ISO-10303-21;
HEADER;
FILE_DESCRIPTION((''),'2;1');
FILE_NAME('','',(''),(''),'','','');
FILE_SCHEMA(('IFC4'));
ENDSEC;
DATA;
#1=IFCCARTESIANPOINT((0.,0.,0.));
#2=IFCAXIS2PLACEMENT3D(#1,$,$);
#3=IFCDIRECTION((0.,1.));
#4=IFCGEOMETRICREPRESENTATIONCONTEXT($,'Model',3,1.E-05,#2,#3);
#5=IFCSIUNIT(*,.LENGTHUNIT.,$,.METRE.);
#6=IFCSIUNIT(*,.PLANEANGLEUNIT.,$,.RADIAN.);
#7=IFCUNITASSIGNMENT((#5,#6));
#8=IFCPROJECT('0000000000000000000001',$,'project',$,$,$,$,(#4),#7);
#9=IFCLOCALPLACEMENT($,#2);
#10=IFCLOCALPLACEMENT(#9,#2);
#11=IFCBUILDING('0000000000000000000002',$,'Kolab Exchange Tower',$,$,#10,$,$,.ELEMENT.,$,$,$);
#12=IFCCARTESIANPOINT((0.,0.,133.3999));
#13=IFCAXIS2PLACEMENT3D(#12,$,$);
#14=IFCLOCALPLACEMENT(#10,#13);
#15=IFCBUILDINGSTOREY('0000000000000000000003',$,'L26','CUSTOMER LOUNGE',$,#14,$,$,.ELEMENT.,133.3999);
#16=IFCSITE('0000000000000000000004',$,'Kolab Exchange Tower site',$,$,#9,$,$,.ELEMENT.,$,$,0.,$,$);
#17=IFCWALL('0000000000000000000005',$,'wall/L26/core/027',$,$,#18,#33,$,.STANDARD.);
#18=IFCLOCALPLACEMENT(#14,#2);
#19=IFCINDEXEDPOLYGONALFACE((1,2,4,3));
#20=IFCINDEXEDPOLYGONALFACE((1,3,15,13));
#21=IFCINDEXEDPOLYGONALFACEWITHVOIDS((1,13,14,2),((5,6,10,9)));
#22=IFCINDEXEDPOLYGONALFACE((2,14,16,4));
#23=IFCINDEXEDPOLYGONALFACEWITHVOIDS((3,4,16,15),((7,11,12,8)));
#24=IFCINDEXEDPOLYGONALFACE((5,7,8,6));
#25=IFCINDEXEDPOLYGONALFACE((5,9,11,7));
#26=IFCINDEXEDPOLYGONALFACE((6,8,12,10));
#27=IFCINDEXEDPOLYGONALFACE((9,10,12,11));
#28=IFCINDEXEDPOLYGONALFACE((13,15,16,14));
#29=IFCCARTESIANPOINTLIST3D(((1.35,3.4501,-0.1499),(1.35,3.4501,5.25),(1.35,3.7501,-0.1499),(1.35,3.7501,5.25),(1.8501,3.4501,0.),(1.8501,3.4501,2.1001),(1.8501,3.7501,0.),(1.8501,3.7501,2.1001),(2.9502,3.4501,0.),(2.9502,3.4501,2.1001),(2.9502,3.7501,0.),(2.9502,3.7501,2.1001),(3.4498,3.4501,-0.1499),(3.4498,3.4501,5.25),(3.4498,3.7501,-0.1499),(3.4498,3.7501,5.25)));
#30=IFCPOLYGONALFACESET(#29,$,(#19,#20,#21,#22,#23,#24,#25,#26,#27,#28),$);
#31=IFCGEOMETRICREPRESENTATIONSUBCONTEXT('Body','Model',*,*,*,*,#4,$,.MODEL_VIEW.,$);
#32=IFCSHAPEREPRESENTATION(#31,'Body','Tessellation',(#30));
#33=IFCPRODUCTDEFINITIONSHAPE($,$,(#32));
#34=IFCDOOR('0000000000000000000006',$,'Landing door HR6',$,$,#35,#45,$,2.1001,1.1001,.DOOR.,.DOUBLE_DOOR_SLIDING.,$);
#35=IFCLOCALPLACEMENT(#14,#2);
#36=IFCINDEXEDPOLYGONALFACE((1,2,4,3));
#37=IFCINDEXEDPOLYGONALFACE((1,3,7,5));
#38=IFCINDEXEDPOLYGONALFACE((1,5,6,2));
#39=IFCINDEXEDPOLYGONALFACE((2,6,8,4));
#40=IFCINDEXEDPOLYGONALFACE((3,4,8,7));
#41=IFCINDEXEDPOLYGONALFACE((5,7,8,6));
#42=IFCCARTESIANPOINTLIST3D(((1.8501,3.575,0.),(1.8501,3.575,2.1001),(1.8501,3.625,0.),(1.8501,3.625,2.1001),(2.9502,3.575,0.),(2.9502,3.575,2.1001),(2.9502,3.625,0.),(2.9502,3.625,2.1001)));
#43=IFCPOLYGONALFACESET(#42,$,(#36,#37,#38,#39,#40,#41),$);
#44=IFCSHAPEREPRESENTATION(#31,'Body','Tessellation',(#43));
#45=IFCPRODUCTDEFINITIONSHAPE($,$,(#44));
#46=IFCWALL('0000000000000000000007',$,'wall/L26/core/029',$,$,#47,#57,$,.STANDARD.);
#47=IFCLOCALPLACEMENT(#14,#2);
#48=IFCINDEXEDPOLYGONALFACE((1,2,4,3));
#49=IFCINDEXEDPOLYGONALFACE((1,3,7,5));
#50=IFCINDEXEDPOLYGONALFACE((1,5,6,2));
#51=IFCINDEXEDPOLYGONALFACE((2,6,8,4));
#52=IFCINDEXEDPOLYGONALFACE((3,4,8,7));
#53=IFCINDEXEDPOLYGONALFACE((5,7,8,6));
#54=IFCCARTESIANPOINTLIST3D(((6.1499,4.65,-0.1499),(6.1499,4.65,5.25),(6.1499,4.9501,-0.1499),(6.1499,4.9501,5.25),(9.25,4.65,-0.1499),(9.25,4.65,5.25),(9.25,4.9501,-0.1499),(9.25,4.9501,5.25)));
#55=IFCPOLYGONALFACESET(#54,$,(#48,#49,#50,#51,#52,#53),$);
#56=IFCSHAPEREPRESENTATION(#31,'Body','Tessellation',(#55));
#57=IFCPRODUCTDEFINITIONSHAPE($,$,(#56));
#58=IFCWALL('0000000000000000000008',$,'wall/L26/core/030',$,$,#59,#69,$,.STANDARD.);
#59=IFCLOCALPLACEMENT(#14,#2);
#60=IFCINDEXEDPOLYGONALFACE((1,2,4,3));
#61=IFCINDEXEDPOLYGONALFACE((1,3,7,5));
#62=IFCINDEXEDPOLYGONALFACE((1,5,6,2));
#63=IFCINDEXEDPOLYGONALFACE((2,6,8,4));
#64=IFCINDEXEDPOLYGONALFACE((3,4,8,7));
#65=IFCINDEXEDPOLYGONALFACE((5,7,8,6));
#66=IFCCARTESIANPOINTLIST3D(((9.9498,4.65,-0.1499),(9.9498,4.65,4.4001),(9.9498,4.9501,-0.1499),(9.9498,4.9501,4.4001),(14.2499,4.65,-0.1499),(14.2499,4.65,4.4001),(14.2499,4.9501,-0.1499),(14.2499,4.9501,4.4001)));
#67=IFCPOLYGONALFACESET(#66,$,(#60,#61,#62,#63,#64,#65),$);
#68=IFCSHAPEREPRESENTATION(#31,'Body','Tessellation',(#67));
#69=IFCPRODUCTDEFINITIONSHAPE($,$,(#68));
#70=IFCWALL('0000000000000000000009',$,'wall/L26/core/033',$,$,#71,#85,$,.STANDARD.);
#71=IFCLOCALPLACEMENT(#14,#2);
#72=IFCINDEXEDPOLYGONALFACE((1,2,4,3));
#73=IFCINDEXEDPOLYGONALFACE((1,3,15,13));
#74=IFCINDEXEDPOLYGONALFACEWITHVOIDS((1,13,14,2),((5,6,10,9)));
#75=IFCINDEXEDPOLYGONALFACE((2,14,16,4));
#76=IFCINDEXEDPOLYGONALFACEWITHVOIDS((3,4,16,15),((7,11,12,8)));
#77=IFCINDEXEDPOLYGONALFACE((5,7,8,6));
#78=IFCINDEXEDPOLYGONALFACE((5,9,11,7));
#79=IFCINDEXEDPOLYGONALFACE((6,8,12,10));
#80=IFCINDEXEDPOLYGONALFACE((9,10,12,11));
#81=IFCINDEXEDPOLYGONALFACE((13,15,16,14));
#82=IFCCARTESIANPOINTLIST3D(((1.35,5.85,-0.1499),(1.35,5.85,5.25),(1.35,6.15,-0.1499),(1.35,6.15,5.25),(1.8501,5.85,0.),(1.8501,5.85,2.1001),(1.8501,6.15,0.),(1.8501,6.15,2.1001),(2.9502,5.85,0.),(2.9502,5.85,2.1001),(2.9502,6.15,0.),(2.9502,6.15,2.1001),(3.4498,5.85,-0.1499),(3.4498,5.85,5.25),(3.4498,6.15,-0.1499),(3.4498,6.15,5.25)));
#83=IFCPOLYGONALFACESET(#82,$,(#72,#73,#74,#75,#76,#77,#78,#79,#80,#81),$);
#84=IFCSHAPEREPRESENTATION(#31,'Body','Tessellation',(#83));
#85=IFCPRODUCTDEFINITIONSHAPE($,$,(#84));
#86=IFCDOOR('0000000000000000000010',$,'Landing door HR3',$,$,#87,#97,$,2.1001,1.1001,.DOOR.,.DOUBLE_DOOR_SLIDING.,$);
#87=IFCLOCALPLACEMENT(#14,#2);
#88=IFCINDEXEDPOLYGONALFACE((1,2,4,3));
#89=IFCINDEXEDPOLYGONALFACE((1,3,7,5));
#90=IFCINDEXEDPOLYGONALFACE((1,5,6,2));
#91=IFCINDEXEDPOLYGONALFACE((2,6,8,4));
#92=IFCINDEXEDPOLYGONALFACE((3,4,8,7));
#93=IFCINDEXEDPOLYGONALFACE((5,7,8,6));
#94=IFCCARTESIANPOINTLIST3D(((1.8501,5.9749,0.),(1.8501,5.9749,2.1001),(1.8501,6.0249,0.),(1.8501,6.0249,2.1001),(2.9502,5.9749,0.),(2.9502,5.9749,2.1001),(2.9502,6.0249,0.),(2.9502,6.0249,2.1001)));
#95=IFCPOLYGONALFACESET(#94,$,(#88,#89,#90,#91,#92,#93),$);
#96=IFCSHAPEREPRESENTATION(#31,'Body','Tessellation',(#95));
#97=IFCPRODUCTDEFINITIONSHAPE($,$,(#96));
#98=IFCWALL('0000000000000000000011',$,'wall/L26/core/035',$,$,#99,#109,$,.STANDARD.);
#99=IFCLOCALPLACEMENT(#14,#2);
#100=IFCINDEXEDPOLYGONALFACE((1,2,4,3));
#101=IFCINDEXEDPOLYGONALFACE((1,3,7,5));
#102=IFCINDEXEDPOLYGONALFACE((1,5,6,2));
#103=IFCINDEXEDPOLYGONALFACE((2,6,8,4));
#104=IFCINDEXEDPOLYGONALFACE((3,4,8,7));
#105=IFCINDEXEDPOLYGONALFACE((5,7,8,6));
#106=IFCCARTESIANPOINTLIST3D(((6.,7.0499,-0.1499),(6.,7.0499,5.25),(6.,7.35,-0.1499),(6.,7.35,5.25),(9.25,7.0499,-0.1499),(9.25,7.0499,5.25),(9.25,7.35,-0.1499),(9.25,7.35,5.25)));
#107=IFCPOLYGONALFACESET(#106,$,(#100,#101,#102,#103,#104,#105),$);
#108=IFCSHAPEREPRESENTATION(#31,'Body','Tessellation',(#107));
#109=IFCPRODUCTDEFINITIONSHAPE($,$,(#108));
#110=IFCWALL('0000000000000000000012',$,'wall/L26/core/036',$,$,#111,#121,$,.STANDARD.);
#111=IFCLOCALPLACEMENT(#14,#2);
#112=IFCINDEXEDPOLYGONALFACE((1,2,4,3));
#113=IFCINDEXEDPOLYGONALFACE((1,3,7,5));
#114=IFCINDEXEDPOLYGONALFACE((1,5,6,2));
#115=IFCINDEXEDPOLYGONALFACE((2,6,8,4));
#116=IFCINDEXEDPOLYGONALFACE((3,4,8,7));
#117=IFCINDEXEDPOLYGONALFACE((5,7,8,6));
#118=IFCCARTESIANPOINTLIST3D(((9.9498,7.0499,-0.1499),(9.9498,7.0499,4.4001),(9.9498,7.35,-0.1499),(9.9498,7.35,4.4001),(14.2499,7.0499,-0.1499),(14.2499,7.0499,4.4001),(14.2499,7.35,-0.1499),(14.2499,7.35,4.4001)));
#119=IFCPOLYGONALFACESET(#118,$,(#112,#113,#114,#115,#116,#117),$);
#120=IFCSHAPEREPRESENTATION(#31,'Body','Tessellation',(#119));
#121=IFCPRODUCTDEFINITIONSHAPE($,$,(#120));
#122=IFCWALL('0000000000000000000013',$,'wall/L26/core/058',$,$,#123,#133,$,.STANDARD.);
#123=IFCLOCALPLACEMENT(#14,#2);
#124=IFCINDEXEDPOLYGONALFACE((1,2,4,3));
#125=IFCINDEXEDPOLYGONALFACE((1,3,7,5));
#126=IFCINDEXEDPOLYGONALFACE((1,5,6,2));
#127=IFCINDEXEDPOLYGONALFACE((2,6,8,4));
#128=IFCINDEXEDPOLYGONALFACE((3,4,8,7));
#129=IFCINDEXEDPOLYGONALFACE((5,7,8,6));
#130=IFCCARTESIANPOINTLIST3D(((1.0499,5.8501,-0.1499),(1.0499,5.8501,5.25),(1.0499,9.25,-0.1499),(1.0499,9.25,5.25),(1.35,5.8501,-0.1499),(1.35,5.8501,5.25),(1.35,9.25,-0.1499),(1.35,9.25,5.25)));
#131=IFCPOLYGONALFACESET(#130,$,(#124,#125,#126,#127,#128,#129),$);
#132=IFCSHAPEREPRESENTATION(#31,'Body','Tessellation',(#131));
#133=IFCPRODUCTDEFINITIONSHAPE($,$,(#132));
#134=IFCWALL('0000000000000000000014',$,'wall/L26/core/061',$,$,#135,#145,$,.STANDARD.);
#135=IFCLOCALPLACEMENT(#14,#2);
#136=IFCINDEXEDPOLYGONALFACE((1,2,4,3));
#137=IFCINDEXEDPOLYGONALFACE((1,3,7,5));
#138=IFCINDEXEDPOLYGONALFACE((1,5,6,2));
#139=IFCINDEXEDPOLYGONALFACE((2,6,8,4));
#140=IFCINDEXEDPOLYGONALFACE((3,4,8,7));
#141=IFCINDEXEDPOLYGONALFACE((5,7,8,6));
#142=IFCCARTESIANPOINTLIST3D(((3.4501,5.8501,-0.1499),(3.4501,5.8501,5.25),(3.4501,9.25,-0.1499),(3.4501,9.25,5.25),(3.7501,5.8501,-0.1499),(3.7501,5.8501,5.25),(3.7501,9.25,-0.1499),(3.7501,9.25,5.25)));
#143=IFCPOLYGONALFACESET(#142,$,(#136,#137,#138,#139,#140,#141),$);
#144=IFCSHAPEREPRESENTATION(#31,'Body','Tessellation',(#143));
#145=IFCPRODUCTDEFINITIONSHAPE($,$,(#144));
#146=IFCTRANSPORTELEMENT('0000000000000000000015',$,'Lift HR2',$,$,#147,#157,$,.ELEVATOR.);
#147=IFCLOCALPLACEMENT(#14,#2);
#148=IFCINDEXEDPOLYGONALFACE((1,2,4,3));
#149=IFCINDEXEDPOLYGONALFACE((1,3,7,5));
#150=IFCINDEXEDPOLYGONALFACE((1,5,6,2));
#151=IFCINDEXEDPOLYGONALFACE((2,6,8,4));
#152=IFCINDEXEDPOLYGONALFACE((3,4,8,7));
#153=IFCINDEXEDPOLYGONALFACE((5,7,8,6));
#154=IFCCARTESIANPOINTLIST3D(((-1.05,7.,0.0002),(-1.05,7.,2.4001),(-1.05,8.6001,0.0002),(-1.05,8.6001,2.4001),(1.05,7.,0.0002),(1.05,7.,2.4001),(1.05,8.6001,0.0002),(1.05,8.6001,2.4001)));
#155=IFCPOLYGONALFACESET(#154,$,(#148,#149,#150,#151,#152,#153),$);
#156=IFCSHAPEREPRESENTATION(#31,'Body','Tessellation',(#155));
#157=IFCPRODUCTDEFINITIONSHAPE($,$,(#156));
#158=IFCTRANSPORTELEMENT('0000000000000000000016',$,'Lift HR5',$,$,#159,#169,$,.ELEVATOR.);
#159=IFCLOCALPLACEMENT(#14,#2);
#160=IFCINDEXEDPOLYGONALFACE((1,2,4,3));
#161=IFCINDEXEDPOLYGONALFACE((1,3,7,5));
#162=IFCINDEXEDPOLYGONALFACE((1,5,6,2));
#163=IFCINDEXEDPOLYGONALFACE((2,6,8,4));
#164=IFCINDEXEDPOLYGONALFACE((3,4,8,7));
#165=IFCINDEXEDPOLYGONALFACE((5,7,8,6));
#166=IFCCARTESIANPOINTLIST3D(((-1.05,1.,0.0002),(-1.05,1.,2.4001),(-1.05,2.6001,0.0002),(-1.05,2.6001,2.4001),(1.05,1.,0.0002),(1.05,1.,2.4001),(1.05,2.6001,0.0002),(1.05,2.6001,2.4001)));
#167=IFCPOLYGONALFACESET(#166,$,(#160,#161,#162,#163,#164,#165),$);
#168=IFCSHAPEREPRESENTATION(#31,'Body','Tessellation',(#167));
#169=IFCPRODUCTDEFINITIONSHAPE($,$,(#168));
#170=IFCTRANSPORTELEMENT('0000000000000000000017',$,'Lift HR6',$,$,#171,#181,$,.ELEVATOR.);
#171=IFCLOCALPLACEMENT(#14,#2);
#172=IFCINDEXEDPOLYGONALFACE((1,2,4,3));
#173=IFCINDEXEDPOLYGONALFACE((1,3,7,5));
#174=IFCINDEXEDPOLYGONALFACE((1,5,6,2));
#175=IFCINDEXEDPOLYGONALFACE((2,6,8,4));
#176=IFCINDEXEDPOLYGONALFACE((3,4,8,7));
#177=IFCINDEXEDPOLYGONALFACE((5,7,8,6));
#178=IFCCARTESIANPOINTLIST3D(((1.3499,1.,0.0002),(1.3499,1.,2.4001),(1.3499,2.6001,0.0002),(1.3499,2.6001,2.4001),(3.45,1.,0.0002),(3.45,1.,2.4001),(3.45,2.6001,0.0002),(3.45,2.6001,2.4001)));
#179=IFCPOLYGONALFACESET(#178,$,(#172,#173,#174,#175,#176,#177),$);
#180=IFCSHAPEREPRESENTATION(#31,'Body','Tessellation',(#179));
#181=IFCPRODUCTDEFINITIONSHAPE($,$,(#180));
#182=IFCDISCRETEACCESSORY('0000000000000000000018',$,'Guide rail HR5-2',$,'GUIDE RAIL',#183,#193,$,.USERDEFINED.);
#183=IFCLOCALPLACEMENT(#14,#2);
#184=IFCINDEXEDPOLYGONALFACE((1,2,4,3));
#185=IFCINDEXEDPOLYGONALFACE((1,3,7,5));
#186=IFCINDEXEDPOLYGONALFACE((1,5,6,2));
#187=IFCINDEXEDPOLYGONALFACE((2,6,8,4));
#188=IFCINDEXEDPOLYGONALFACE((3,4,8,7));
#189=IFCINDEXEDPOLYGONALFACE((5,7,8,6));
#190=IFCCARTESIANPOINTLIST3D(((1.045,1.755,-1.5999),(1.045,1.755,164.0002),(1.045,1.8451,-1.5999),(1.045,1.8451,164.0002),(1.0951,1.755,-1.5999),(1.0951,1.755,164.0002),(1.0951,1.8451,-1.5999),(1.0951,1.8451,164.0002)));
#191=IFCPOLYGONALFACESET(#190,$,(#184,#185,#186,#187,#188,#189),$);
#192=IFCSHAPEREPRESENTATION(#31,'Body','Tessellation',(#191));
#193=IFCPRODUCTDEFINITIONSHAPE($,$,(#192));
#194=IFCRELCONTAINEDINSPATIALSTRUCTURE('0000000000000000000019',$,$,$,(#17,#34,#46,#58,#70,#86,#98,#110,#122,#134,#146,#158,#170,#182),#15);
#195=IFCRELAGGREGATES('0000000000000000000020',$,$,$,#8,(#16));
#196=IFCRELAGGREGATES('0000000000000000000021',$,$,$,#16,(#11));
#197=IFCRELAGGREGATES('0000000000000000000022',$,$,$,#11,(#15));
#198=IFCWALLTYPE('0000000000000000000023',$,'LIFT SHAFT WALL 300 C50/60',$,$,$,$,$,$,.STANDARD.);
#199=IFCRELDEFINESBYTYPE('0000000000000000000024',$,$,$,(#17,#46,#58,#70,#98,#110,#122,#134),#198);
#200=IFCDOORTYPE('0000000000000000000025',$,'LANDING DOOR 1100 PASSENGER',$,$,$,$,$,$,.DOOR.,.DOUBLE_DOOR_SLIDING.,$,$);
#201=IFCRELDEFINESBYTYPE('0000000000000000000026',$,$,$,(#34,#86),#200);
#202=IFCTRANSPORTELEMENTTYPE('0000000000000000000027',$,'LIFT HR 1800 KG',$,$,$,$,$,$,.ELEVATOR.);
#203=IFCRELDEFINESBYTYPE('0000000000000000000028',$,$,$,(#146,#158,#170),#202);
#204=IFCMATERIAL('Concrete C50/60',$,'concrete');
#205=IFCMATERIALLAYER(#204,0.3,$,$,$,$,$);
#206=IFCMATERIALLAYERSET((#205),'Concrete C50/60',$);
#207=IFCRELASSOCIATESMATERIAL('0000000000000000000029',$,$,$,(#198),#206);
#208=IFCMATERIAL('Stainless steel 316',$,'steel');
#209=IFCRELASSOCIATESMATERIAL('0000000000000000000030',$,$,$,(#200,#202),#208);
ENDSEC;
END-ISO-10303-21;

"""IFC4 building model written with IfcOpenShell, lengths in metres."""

from ifc_helpers import new_model, si_unit, direction, frame, frame_2d, origin, origin_2d, place, context, subcontext, project, spatial, rectangle, extrude, material, layer, layer_set, type_object, element, fill, save


model = new_model("IFC4")

# Units and contexts
model_context = context("Model", 3, precision=1e-05, world=origin(), true_north=direction((0.0, 1.0)))
body_context = subcontext(model_context, "Body", "Model", "MODEL_VIEW")
ifc_project = project(units=[si_unit("LENGTHUNIT", "METRE"), si_unit("PLANEANGLEUNIT", "RADIAN")], contexts=[model_context])

# Site, building, storey
site_placement = place(None, origin())
site = spatial("IfcSite", under=ifc_project, at=site_placement, Name="Kolab Exchange Tower site", CompositionType="ELEMENT", RefElevation=0.0)
building_placement = place(site_placement, origin())
building = spatial("IfcBuilding", under=site, at=building_placement, Name="Kolab Exchange Tower", CompositionType="ELEMENT")
storey_placement = place(building_placement, frame((0.0, 0.0, 133.3999)))
storey = spatial("IfcBuildingStorey", under=building, at=storey_placement, Name="L26", Description="CUSTOMER LOUNGE", CompositionType="ELEMENT", Elevation=133.3999)

# Shared definitions
ifc_material_1 = material(Name="Concrete C50/60", Category="concrete")

# Shared definitions
ifc_layer_1 = layer(ifc_material_1, 0.3)
ifc_layer_set_1 = layer_set([ifc_layer_1], Name="Concrete C50/60")
wall_type = type_object("IfcWallType", Name="LIFT SHAFT WALL 300 C50/60", PredefinedType="STANDARD", material=ifc_layer_set_1)

# Wall, opening, door
wall_1_placement = place(storey_placement, frame((1.3501, 3.6001, -0.1499), z_axis=(0.0, 0.0, 1.0), x_axis=(1.0, 0.0, 0.0)))
wall_1 = element("IfcWall", 1, at=wall_1_placement, inside=storey, type_object=wall_type, Name="wall/L26/core/027", PredefinedType="STANDARD", context=body_context, shape_type="SweptSolid", body=[
    extrude(rectangle(XDim=2.0999, YDim=0.3, at=frame_2d((1.0498, 0.0))), origin(), (0.0, 0.0, 1.0), 5.3999),
])
opening_1_placement = place(wall_1_placement, frame((0.5, 0.0, 0.1499)))
opening_1 = element("IfcOpeningElement", 2, at=opening_1_placement, cuts=wall_1, PredefinedType="OPENING", context=body_context, shape_type="SweptSolid", body=[
    extrude(rectangle(XDim=1.1001, YDim=2.1001, at=frame_2d((0.55, 1.05))), frame((0.0, 0.1602, 0.0), z_axis=(0.0, -1.0, 0.0), x_axis=(1.0, 0.0, 0.0)), (0.0, 0.0, 1.0), 0.3201),
])
ifc_material_2 = material(Name="Stainless steel 316", Category="steel")
door_type = type_object("IfcDoorType", Name="LANDING DOOR 1100 PASSENGER", OperationType="DOUBLE_DOOR_SLIDING", PredefinedType="DOOR", material=ifc_material_2)
door_1_placement = place(opening_1_placement, origin())
door_1 = element("IfcDoor", 3, at=door_1_placement, inside=storey, type_object=door_type, Name="Landing door HR6", OperationType="DOUBLE_DOOR_SLIDING", OverallHeight=2.1001, OverallWidth=1.1001, PredefinedType="DOOR", context=body_context, shape_type="SweptSolid", body=[
    extrude(rectangle(XDim=1.1001, YDim=2.1001, at=frame_2d((0.55, 1.05))), frame((0.0, 0.0249, 0.0), z_axis=(0.0, -1.0, 0.0), x_axis=(1.0, 0.0, 0.0)), (0.0, 0.0, 1.0), 0.05),
])
fill(opening_1, door_1)

# Walls
wall_2_placement = place(storey_placement, frame((6.1499, 4.8, -0.1499), z_axis=(0.0, 0.0, 1.0), x_axis=(1.0, 0.0, 0.0)))
element("IfcWall", 4, at=wall_2_placement, inside=storey, type_object=wall_type, Name="wall/L26/core/029", PredefinedType="STANDARD", context=body_context, shape_type="SweptSolid", body=[
    extrude(rectangle(XDim=3.1001, YDim=0.3, at=frame_2d((1.55, 0.0))), origin(), (0.0, 0.0, 1.0), 5.3999),
])
wall_3_placement = place(storey_placement, frame((9.95, 4.8, -0.1499), z_axis=(0.0, 0.0, 1.0), x_axis=(1.0, 0.0, 0.0)))
element("IfcWall", 5, at=wall_3_placement, inside=storey, type_object=wall_type, Name="wall/L26/core/030", PredefinedType="STANDARD", context=body_context, shape_type="SweptSolid", body=[
    extrude(rectangle(XDim=4.3, YDim=0.3, at=frame_2d((2.1499, 0.0))), origin(), (0.0, 0.0, 1.0), 4.55),
])

# Wall, opening, door
wall_4_placement = place(storey_placement, frame((1.3501, 6.0, -0.1499), z_axis=(0.0, 0.0, 1.0), x_axis=(1.0, 0.0, 0.0)))
wall_4 = element("IfcWall", 6, at=wall_4_placement, inside=storey, type_object=wall_type, Name="wall/L26/core/033", PredefinedType="STANDARD", context=body_context, shape_type="SweptSolid", body=[
    extrude(rectangle(XDim=2.0999, YDim=0.3, at=frame_2d((1.0498, 0.0))), origin(), (0.0, 0.0, 1.0), 5.3999),
])
opening_2_placement = place(wall_4_placement, frame((0.5, 0.0, 0.1499)))
opening_2 = element("IfcOpeningElement", 7, at=opening_2_placement, cuts=wall_4, PredefinedType="OPENING", context=body_context, shape_type="SweptSolid", body=[
    extrude(rectangle(XDim=1.1001, YDim=2.1001, at=frame_2d((0.55, 1.05))), frame((0.0, 0.1602, 0.0), z_axis=(0.0, -1.0, 0.0), x_axis=(1.0, 0.0, 0.0)), (0.0, 0.0, 1.0), 0.3201),
])
door_2_placement = place(opening_2_placement, origin())
door_2 = element("IfcDoor", 8, at=door_2_placement, inside=storey, type_object=door_type, Name="Landing door HR3", OperationType="DOUBLE_DOOR_SLIDING", OverallHeight=2.1001, OverallWidth=1.1001, PredefinedType="DOOR", context=body_context, shape_type="SweptSolid", body=[
    extrude(rectangle(XDim=1.1001, YDim=2.1001, at=frame_2d((0.55, 1.05))), frame((0.0, 0.0249, 0.0), z_axis=(0.0, -1.0, 0.0), x_axis=(1.0, 0.0, 0.0)), (0.0, 0.0, 1.0), 0.05),
])
fill(opening_2, door_2)

# Walls
wall_5_placement = place(storey_placement, frame((6.0, 7.2, -0.1499), z_axis=(0.0, 0.0, 1.0), x_axis=(1.0, 0.0, 0.0)))
element("IfcWall", 9, at=wall_5_placement, inside=storey, type_object=wall_type, Name="wall/L26/core/035", PredefinedType="STANDARD", context=body_context, shape_type="SweptSolid", body=[
    extrude(rectangle(XDim=3.25, YDim=0.3, at=frame_2d((1.625, 0.0))), origin(), (0.0, 0.0, 1.0), 5.3999),
])
wall_6_placement = place(storey_placement, frame((9.95, 7.2, -0.1499), z_axis=(0.0, 0.0, 1.0), x_axis=(1.0, 0.0, 0.0)))
element("IfcWall", 10, at=wall_6_placement, inside=storey, type_object=wall_type, Name="wall/L26/core/036", PredefinedType="STANDARD", context=body_context, shape_type="SweptSolid", body=[
    extrude(rectangle(XDim=4.3, YDim=0.3, at=frame_2d((2.1499, 0.0))), origin(), (0.0, 0.0, 1.0), 4.55),
])
for number, where, z_axis, x_axis, name in (
    (11, (1.2, 5.8501, -0.1499), (0.0, 0.0, 1.0), (0.0, 1.0, 0.0), "wall/L26/core/058"),
    (12, (3.6001, 5.8501, -0.1499), (0.0, 0.0, 1.0), (0.0, 1.0, 0.0), "wall/L26/core/061"),
):
    element("IfcWall", number, at=place(storey_placement, frame(where, z_axis=z_axis, x_axis=x_axis)), inside=storey, type_object=wall_type, Name=name, PredefinedType="STANDARD", context=body_context, shape_type="SweptSolid", body=[
        extrude(rectangle(XDim=3.3999, YDim=0.3, at=frame_2d((1.7, 0.0))), origin(), (0.0, 0.0, 1.0), 5.3999),
    ])

# Transport elements
transport_element_type = type_object("IfcTransportElementType", Name="LIFT HR 1800 KG", PredefinedType="ELEVATOR", material=ifc_material_2)
for number, where, z_axis, x_axis, name in (
    (13, (0.0, 7.8, 0.0002), (0.0, 0.0, 1.0), (1.0, 0.0, 0.0), "Lift HR2"),
    (14, (0.0, 1.8, 0.0002), (0.0, 0.0, 1.0), (1.0, 0.0, 0.0), "Lift HR5"),
    (15, (2.3999, 1.8, 0.0002), (0.0, 0.0, 1.0), (1.0, 0.0, 0.0), "Lift HR6"),
):
    element("IfcTransportElement", number, at=place(storey_placement, frame(where, z_axis=z_axis, x_axis=x_axis)), inside=storey, type_object=transport_element_type, Name=name, PredefinedType="ELEVATOR", context=body_context, shape_type="SweptSolid", body=[
        extrude(rectangle(XDim=2.1001, YDim=1.6001, at=origin_2d()), origin(), (0.0, 0.0, 1.0), 2.3999),
    ])

# Discrete accessory
for number, where, z_axis, x_axis, name in (
    (16, (1.0701, 1.8, -1.5999), (0.0, 0.0, 1.0), (1.0, 0.0, 0.0), "Guide rail HR5-2"),
):
    element("IfcDiscreteAccessory", number, at=place(storey_placement, frame(where, z_axis=z_axis, x_axis=x_axis)), inside=storey, Name=name, ObjectType="GUIDE RAIL", PredefinedType="USERDEFINED", context=body_context, shape_type="SweptSolid", body=[
        extrude(rectangle(XDim=0.05, YDim=0.0901, at=origin_2d()), origin(), (0.0, 0.0, 1.0), 165.6001),
    ])

save(model, "model.ifc")
